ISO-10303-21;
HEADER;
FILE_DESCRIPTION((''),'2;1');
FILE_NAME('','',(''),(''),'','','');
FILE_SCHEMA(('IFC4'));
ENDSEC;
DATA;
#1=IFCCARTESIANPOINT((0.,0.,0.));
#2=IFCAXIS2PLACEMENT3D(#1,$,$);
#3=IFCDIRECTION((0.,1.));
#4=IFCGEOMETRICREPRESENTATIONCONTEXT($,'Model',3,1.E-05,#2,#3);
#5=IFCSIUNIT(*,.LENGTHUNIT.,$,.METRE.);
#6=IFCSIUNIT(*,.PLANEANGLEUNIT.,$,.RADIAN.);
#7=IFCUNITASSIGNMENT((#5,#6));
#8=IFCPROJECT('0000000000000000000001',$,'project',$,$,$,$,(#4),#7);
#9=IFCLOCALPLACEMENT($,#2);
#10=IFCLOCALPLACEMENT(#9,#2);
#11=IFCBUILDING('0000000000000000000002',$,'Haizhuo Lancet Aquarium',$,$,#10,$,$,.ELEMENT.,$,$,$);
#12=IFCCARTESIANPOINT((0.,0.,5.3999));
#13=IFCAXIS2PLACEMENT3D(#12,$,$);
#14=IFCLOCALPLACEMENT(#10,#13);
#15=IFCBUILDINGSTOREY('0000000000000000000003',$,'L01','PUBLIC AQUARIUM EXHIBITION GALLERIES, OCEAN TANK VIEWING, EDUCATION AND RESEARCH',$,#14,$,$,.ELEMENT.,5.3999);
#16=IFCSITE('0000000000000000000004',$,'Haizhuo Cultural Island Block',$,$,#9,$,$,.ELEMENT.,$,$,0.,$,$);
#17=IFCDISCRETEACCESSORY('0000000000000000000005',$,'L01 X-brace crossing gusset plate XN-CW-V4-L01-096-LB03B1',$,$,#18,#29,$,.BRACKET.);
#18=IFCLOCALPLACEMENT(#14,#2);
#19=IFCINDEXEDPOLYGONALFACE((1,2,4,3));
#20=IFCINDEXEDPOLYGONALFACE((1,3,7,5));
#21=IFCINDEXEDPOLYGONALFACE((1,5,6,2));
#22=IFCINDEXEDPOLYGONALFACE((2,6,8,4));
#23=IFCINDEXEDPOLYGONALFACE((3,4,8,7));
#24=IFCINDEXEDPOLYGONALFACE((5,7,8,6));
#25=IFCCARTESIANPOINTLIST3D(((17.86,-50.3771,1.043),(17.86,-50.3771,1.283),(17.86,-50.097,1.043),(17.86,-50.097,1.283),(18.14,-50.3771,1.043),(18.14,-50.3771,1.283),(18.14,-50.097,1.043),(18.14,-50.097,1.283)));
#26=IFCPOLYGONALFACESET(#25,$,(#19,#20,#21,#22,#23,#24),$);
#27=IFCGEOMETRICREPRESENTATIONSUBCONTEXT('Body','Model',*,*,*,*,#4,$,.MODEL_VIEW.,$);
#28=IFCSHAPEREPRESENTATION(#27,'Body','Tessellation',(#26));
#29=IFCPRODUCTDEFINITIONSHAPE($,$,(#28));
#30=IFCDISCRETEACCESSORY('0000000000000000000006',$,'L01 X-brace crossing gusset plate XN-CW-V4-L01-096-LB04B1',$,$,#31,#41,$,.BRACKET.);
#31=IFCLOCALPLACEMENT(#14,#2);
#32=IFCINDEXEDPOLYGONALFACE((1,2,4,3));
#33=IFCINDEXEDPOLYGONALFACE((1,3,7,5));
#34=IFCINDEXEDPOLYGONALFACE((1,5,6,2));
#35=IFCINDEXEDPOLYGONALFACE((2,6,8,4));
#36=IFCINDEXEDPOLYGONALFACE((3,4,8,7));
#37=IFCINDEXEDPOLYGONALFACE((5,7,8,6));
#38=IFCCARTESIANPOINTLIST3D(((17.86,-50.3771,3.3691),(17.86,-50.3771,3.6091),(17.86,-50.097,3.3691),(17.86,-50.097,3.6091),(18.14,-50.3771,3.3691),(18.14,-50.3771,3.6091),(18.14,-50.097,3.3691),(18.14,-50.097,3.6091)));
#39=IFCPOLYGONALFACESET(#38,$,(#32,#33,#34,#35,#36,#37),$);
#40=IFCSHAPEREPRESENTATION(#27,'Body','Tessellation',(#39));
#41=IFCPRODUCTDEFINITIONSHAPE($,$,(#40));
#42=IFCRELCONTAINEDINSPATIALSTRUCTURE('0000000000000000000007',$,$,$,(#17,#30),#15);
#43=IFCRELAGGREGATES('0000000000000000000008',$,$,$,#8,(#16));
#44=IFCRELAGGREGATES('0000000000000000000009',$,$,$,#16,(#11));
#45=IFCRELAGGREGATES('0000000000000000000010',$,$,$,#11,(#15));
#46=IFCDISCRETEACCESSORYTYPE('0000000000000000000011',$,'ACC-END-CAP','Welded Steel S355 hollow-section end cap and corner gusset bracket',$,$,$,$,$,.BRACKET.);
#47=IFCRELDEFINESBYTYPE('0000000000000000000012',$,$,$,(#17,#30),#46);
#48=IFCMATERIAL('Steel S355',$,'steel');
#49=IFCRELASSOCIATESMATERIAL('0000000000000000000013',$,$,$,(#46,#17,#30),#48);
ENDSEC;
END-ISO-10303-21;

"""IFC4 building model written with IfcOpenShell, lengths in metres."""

from ifc_helpers import new_model, si_unit, direction, frame, origin, origin_2d, place, context, subcontext, project, spatial, rectangle, extrude, material, type_object, element, save


model = new_model("IFC4")

# Units and contexts
model_context = context("Model", 3, precision=1e-05, world=origin(), true_north=direction((0.0, 1.0)))
body_context = subcontext(model_context, "Body", "Model", "MODEL_VIEW")
ifc_project = project(units=[si_unit("LENGTHUNIT", "METRE"), si_unit("PLANEANGLEUNIT", "RADIAN")], contexts=[model_context])

# Site, building, storey
site_placement = place(None, origin())
site = spatial("IfcSite", under=ifc_project, at=site_placement, Name="Haizhuo Cultural Island Block", CompositionType="ELEMENT", RefElevation=0.0)
building_placement = place(site_placement, origin())
building = spatial("IfcBuilding", under=site, at=building_placement, Name="Haizhuo Lancet Aquarium", CompositionType="ELEMENT")
storey_placement = place(building_placement, frame((0.0, 0.0, 5.3999)))
storey = spatial("IfcBuildingStorey", under=building, at=storey_placement, Name="L01", Description="PUBLIC AQUARIUM EXHIBITION GALLERIES, OCEAN TANK VIEWING, EDUCATION AND RESEARCH", CompositionType="ELEMENT", Elevation=5.3999)

# Shared definitions
ifc_material_1 = material(Name="Steel S355", Category="steel")

# Discrete accessories
discrete_accessory_type = type_object("IfcDiscreteAccessoryType", Name="ACC-END-CAP", Description="Welded Steel S355 hollow-section end cap and corner gusset bracket", PredefinedType="BRACKET", material=ifc_material_1)
for number, where, z_axis, x_axis, name in (
    (1, (18.0, -50.2371, 1.043), (0.0, 0.0, 1.0), (1.0, 0.0, 0.0), "L01 X-brace crossing gusset plate XN-CW-V4-L01-096-LB03B1"),
    (2, (18.0, -50.2371, 3.3691), (0.0, 0.0, 1.0), (1.0, 0.0, 0.0), "L01 X-brace crossing gusset plate XN-CW-V4-L01-096-LB04B1"),
):
    element("IfcDiscreteAccessory", number, at=place(storey_placement, frame(where, z_axis=z_axis, x_axis=x_axis)), inside=storey, type_object=discrete_accessory_type, material=ifc_material_1, Name=name, PredefinedType="BRACKET", context=body_context, shape_type="SweptSolid", body=[
        extrude(rectangle(XDim=0.28, YDim=0.28, at=origin_2d()), origin(), (0.0, 0.0, 1.0), 0.24),
    ])

save(model, "model.ifc")
